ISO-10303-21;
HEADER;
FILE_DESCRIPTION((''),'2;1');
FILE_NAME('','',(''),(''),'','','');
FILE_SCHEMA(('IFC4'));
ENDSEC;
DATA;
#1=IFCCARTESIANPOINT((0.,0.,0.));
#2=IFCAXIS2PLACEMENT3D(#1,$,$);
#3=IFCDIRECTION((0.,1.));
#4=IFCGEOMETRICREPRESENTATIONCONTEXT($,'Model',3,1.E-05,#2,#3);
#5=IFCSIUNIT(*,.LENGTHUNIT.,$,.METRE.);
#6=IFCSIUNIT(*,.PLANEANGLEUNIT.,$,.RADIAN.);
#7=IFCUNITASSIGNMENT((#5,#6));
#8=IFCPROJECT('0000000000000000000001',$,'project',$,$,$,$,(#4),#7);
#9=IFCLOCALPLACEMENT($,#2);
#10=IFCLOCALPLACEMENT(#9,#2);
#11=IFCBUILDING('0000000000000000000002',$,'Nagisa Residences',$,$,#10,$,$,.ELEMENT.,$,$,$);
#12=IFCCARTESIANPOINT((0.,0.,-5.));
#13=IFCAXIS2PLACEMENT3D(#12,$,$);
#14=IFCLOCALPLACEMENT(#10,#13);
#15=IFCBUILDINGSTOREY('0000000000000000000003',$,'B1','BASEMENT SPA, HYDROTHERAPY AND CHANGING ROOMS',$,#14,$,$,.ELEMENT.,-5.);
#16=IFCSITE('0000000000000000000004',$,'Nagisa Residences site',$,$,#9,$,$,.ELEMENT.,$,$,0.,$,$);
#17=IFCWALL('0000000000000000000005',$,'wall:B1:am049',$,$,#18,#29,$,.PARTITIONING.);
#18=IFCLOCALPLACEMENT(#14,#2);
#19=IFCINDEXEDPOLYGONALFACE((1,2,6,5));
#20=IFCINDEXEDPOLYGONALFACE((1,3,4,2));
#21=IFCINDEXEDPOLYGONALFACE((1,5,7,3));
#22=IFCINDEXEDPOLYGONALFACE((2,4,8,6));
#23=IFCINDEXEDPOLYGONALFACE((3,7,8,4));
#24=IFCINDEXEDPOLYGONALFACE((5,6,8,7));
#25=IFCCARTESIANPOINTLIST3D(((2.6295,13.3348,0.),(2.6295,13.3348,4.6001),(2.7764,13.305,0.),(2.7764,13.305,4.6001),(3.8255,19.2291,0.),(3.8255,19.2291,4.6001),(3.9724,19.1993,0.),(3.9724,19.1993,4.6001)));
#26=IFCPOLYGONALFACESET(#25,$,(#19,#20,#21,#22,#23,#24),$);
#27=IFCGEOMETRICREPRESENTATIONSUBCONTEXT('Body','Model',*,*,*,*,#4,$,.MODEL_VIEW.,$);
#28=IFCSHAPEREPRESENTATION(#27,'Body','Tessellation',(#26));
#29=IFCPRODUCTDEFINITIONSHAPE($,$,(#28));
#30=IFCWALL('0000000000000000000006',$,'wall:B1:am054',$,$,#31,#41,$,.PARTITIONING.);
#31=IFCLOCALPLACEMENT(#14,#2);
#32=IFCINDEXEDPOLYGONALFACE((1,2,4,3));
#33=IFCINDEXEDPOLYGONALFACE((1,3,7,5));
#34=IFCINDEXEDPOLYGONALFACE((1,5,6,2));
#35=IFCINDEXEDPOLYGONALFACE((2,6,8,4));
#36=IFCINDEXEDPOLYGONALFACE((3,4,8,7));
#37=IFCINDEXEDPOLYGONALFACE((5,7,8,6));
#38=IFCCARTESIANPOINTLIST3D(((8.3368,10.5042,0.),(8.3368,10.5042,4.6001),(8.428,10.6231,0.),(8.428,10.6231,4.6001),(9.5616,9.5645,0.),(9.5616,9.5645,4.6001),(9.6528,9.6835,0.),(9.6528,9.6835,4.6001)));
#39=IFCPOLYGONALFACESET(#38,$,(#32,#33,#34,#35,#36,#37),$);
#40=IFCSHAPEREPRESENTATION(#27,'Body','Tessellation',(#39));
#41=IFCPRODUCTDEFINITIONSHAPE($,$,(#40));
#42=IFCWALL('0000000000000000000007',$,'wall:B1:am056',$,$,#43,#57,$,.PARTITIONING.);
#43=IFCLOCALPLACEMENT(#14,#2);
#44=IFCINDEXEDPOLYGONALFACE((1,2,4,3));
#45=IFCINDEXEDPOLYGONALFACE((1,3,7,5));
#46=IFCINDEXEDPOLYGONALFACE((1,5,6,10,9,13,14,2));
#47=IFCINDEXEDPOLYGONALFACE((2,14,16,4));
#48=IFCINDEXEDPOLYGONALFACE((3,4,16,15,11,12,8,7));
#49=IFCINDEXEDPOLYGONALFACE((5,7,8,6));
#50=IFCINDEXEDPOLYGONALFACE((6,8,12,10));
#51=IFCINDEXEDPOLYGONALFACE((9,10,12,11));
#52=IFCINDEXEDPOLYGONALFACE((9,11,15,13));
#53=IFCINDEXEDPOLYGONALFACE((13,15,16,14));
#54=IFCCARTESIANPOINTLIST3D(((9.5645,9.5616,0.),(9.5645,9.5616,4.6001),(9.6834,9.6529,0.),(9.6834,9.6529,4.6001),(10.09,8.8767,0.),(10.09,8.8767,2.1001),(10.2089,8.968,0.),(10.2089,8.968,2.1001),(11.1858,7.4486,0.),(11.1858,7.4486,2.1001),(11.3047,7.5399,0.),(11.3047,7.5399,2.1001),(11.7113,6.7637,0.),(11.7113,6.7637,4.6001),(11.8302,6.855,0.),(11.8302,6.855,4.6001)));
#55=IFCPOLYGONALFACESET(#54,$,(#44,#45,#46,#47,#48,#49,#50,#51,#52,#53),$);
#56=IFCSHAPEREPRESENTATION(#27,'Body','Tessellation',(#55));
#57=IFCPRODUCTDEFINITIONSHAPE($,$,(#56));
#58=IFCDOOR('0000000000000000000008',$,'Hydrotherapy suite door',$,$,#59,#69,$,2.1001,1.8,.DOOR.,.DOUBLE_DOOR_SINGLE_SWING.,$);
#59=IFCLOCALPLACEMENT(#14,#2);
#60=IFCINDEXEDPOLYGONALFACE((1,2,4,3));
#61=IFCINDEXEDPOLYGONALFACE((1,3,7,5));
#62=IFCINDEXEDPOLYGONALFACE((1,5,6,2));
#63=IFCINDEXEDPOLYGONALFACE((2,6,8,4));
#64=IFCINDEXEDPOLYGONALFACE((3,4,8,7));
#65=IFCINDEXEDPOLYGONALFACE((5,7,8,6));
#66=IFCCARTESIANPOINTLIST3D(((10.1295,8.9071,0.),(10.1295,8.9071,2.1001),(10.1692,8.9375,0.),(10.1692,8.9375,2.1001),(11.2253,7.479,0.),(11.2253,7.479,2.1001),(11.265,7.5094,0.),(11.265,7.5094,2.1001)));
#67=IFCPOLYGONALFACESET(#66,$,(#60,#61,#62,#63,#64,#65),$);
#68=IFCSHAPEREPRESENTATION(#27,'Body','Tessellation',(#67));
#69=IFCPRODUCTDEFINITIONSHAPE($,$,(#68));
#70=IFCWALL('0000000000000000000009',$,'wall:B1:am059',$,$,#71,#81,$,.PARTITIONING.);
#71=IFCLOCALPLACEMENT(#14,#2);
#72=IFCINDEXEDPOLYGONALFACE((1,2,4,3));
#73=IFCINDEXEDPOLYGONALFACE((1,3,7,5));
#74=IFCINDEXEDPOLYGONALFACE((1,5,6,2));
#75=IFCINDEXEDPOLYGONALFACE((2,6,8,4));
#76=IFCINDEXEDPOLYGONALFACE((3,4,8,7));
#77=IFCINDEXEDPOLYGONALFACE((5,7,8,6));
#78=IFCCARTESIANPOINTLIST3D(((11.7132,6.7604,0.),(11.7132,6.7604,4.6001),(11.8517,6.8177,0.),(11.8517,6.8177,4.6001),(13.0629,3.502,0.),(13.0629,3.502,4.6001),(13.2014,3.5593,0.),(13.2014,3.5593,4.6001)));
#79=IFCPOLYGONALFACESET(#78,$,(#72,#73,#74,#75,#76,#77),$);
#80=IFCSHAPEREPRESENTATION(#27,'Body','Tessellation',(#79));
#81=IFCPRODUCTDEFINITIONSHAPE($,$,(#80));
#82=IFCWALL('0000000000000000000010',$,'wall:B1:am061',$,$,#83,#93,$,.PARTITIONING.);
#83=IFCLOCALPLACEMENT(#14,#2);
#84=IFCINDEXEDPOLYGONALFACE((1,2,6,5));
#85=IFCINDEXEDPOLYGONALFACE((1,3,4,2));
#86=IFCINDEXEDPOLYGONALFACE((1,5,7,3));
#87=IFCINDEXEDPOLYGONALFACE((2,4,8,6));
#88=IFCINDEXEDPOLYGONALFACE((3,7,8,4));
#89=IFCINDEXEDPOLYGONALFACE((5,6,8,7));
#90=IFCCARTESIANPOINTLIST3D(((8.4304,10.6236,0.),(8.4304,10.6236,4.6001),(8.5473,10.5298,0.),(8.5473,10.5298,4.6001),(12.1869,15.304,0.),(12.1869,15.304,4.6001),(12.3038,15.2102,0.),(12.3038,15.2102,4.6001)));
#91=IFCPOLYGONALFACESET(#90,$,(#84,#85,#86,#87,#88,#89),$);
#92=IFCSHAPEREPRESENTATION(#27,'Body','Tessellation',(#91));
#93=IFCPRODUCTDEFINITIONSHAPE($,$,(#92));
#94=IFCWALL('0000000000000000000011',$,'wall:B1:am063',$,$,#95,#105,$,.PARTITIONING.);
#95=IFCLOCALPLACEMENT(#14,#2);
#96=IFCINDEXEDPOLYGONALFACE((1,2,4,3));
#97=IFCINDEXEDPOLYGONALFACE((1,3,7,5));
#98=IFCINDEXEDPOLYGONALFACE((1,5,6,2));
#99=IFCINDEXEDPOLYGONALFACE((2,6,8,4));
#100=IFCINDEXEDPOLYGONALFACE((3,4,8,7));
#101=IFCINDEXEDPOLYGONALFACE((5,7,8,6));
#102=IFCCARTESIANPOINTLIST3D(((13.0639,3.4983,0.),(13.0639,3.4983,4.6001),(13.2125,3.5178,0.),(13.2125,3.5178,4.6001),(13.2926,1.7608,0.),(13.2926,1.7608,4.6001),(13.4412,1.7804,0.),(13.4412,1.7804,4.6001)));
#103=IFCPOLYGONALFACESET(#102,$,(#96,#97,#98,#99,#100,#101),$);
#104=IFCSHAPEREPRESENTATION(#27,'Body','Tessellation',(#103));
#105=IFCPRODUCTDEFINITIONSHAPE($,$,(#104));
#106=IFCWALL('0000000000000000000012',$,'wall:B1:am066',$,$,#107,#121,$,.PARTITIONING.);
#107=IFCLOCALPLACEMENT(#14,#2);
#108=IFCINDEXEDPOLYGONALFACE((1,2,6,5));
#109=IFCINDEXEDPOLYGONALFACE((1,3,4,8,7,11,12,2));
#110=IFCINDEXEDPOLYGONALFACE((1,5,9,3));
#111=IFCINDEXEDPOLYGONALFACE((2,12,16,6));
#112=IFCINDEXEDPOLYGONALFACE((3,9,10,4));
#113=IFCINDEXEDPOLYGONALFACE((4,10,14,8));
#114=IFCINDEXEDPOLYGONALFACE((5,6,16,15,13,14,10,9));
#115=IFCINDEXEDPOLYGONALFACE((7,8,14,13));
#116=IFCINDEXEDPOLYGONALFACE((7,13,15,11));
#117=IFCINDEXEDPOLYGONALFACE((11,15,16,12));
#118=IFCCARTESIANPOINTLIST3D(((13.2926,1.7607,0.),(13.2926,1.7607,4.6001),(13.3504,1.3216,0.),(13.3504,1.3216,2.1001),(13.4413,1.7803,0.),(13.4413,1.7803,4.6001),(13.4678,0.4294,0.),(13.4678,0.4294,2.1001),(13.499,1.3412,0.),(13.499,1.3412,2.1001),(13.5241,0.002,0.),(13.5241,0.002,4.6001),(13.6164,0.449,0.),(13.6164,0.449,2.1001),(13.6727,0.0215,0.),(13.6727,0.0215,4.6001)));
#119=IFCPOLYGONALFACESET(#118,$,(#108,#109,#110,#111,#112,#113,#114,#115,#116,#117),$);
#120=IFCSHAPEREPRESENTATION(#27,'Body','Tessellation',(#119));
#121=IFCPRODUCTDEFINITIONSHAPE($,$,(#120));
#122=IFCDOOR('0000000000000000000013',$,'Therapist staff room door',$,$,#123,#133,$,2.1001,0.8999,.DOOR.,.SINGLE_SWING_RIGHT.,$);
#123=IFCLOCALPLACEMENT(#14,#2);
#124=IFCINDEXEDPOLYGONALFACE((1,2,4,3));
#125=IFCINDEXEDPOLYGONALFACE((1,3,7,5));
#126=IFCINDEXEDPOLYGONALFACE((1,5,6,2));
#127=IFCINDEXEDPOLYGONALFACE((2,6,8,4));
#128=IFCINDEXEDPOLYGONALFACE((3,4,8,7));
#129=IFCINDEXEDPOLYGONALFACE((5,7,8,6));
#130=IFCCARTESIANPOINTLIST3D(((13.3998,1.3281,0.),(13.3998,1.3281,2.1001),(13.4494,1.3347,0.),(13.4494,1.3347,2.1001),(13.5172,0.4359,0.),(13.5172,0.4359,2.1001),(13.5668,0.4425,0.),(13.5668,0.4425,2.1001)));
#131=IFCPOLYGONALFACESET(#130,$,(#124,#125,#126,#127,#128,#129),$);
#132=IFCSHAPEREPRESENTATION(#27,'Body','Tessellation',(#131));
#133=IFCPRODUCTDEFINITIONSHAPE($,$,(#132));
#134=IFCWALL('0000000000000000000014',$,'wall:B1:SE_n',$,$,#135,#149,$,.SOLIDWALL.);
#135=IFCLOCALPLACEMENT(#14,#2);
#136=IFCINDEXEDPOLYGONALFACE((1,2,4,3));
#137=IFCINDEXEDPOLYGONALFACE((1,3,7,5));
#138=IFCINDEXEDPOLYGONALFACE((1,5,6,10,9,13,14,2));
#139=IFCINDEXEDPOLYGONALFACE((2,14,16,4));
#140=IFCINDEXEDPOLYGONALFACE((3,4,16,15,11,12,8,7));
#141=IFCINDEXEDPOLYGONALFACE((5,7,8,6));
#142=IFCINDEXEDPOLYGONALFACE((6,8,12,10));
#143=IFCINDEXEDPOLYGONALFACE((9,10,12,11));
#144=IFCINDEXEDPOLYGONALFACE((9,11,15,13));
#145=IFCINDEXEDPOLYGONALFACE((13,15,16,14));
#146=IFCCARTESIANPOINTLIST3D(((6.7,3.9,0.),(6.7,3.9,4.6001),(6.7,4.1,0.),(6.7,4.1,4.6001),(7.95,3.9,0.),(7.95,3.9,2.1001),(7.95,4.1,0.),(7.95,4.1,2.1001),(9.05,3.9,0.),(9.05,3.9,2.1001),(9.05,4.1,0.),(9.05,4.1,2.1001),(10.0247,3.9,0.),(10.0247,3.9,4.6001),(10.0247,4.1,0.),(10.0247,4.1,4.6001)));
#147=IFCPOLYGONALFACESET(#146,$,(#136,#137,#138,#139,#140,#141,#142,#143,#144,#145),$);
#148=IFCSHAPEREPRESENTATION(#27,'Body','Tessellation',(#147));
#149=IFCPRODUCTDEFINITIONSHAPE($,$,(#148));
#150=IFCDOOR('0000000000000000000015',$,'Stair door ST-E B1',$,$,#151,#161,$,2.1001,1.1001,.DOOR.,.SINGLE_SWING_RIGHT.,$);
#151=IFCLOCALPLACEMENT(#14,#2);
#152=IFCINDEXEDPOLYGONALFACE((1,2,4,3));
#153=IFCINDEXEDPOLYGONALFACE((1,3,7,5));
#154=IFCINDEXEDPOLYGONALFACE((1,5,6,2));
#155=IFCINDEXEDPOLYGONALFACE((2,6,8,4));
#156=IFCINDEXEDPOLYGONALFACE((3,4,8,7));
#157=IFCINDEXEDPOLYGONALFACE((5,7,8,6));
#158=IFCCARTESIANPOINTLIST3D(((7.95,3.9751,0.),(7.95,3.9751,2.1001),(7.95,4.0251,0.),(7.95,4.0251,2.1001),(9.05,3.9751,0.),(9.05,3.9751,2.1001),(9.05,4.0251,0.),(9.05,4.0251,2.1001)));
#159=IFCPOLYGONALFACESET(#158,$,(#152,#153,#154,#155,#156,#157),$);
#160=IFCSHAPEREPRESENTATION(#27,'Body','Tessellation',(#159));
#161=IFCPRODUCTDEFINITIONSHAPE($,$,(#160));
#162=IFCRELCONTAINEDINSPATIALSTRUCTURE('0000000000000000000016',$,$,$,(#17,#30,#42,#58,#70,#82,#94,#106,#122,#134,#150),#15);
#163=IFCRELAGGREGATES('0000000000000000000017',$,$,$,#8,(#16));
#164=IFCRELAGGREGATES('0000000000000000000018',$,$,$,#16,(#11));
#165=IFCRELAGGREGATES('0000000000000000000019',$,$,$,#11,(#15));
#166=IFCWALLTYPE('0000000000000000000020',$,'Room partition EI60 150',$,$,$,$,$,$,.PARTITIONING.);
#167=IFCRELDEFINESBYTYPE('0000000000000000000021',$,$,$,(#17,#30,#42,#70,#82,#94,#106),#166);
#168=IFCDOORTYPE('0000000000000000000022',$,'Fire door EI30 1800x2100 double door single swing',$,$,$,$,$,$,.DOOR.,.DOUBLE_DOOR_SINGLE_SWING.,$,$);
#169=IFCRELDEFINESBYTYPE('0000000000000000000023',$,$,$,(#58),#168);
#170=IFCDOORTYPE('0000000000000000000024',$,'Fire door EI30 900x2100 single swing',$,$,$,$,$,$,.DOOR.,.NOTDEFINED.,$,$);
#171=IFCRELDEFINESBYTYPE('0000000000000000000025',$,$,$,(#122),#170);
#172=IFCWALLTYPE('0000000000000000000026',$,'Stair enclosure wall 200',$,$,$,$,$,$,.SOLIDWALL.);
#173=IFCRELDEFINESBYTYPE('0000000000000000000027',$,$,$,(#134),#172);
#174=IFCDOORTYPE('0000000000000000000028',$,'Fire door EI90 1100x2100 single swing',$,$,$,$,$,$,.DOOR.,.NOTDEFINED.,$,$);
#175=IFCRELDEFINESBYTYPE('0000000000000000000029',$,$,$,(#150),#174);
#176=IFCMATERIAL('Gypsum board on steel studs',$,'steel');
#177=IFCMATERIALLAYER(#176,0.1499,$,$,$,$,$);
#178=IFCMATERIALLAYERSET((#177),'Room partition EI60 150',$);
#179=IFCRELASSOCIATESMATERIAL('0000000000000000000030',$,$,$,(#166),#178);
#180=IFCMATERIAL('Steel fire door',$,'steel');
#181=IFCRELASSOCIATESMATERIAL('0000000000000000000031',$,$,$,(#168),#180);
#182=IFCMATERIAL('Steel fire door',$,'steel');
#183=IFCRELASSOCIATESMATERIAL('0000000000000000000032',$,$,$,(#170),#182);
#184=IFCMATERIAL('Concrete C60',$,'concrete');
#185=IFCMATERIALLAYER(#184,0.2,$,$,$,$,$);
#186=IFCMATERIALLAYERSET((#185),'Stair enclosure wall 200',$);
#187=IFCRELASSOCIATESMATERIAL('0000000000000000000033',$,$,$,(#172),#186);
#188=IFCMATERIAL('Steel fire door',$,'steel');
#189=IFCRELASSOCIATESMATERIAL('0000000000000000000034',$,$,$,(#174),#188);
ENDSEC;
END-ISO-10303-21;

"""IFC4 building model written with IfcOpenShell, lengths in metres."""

from ifc_helpers import new_model, si_unit, direction, frame, frame_2d, origin, place, context, subcontext, project, spatial, rectangle, extrude, material, layer, layer_set, type_object, element, fill, save


model = new_model("IFC4")

# Units and contexts
model_context = context("Model", 3, precision=1e-05, world=origin(), true_north=direction((0.0, 1.0)))
body_context = subcontext(model_context, "Body", "Model", "MODEL_VIEW")
ifc_project = project(units=[si_unit("LENGTHUNIT", "METRE"), si_unit("PLANEANGLEUNIT", "RADIAN")], contexts=[model_context])

# Site, building, storey
site_placement = place(None, origin())
site = spatial("IfcSite", under=ifc_project, at=site_placement, Name="Nagisa Residences site", CompositionType="ELEMENT", RefElevation=0.0)
building_placement = place(site_placement, origin())
building = spatial("IfcBuilding", under=site, at=building_placement, Name="Nagisa Residences", CompositionType="ELEMENT")
storey_placement = place(building_placement, frame((0.0, 0.0, -5.0)))
storey = spatial("IfcBuildingStorey", under=building, at=storey_placement, Name="B1", Description="BASEMENT SPA, HYDROTHERAPY AND CHANGING ROOMS", CompositionType="ELEMENT", Elevation=-5.0)

# Walls
ifc_material_1 = material(Name="Gypsum board on steel studs", Category="steel")
ifc_layer_1 = layer(ifc_material_1, 0.1499)
ifc_layer_set_1 = layer_set([ifc_layer_1], Name="Room partition EI60 150")
wall_type_1 = type_object("IfcWallType", Name="Room partition EI60 150", PredefinedType="PARTITIONING", material=ifc_layer_set_1)
wall_1_placement = place(storey_placement, frame((2.7029, 13.3198, 0.0), z_axis=(0.0, 0.0, 1.0), x_axis=(0.198863, 0.980027, 0.0)))
element("IfcWall", 1, at=wall_1_placement, inside=storey, type_object=wall_type_1, Name="wall:B1:am049", PredefinedType="PARTITIONING", context=body_context, shape_type="SweptSolid", body=[
    extrude(rectangle(XDim=6.0144, YDim=0.1499, at=frame_2d((3.0073, 0.0))), origin(), (0.0, 0.0, 1.0), 4.6001),
])
wall_2_placement = place(storey_placement, frame((8.3823, 10.5637, 0.0), z_axis=(0.0, 0.0, 1.0), x_axis=(0.793405, -0.608694, 0.0)))
element("IfcWall", 2, at=wall_2_placement, inside=storey, type_object=wall_type_1, Name="wall:B1:am054", PredefinedType="PARTITIONING", context=body_context, shape_type="SweptSolid", body=[
    extrude(rectangle(XDim=1.5437, YDim=0.1499, at=frame_2d((0.772, 0.0))), origin(), (0.0, 0.0, 1.0), 4.6001),
])

# Wall, opening, door
wall_3_placement = place(storey_placement, frame((9.624, 9.6072, 0.0), z_axis=(0.0, 0.0, 1.0), x_axis=(0.608737, -0.793372, 0.0)))
wall_3 = element("IfcWall", 3, at=wall_3_placement, inside=storey, type_object=wall_type_1, Name="wall:B1:am056", PredefinedType="PARTITIONING", context=body_context, shape_type="SweptSolid", body=[
    extrude(rectangle(XDim=3.5266, YDim=0.1499, at=frame_2d((1.7632, 0.0))), origin(), (0.0, 0.0, 1.0), 4.6001),
])
opening_1_placement = place(wall_3_placement, frame((0.8633, 0.0, 0.0)))
opening_1 = element("IfcOpeningElement", 4, at=opening_1_placement, cuts=wall_3, PredefinedType="OPENING", context=body_context, shape_type="SweptSolid", body=[
    extrude(rectangle(XDim=1.8, YDim=2.1001, at=frame_2d((0.8999, 1.05))), frame((0.0, 0.085, 0.0), z_axis=(0.0, -1.0, 0.0), x_axis=(1.0, 0.0, 0.0)), (0.0, 0.0, 1.0), 0.1699),
])
ifc_material_2 = material(Name="Steel fire door", Category="steel")
door_type_1 = type_object("IfcDoorType", Name="Fire door EI30 1800x2100 double door single swing", OperationType="DOUBLE_DOOR_SINGLE_SWING", PredefinedType="DOOR", material=ifc_material_2)
door_1_placement = place(opening_1_placement, origin())
door_1 = element("IfcDoor", 5, at=door_1_placement, inside=storey, type_object=door_type_1, Name="Hydrotherapy suite door", OperationType="DOUBLE_DOOR_SINGLE_SWING", OverallHeight=2.1001, OverallWidth=1.8, PredefinedType="DOOR", context=body_context, shape_type="SweptSolid", body=[
    extrude(rectangle(XDim=1.8, YDim=2.1001, at=frame_2d((0.8999, 1.05))), frame((0.0, 0.0249, 0.0), z_axis=(0.0, -1.0, 0.0), x_axis=(1.0, 0.0, 0.0)), (0.0, 0.0, 1.0), 0.05),
])
fill(opening_1, door_1)

# Walls
wall_4_placement = place(storey_placement, frame((11.7825, 6.7891, 0.0), z_axis=(0.0, 0.0, 1.0), x_axis=(0.382678, -0.923882, 0.0)))
element("IfcWall", 6, at=wall_4_placement, inside=storey, type_object=wall_type_1, Name="wall:B1:am059", PredefinedType="PARTITIONING", context=body_context, shape_type="SweptSolid", body=[
    extrude(rectangle(XDim=3.5269, YDim=0.1499, at=frame_2d((1.7634, 0.0))), origin(), (0.0, 0.0, 1.0), 4.6001),
])
wall_5_placement = place(storey_placement, frame((12.2454, 15.2571, 0.0), z_axis=(0.0, 0.0, 1.0), x_axis=(-0.625939, -0.779872, 0.0)))
element("IfcWall", 7, at=wall_5_placement, inside=storey, type_object=wall_type_1, Name="wall:B1:am061", PredefinedType="PARTITIONING", context=body_context, shape_type="SweptSolid", body=[
    extrude(rectangle(XDim=6.0015, YDim=0.1499, at=frame_2d((3.0007, 0.0))), origin(), (0.0, 0.0, 1.0), 4.6001),
])
wall_6_placement = place(storey_placement, frame((13.1382, 3.5081, 0.0), z_axis=(0.0, 0.0, 1.0), x_axis=(0.13053, -0.991444, 0.0)))
element("IfcWall", 8, at=wall_6_placement, inside=storey, type_object=wall_type_1, Name="wall:B1:am063", PredefinedType="PARTITIONING", context=body_context, shape_type="SweptSolid", body=[
    extrude(rectangle(XDim=1.7524, YDim=0.1499, at=frame_2d((0.8762, 0.0))), origin(), (0.0, 0.0, 1.0), 4.6001),
])

# Walls, openings, doors
wall_7_placement = place(storey_placement, frame((13.3669, 1.7705, 0.0), z_axis=(0.0, 0.0, 1.0), x_axis=(0.130469, -0.991452, 0.0)))
wall_7 = element("IfcWall", 9, at=wall_7_placement, inside=storey, type_object=wall_type_1, Name="wall:B1:am066", PredefinedType="PARTITIONING", context=body_context, shape_type="SweptSolid", body=[
    extrude(rectangle(XDim=1.7739, YDim=0.1499, at=frame_2d((0.887, 0.0))), origin(), (0.0, 0.0, 1.0), 4.6001),
])
opening_2_placement = place(wall_7_placement, frame((0.4429, 0.0, 0.0)))
opening_2 = element("IfcOpeningElement", 10, at=opening_2_placement, cuts=wall_7, PredefinedType="OPENING", context=body_context, shape_type="SweptSolid", body=[
    extrude(rectangle(XDim=0.8999, YDim=2.1001, at=frame_2d((0.45, 1.05))), frame((0.0, 0.085, 0.0), z_axis=(0.0, -1.0, 0.0), x_axis=(1.0, 0.0, 0.0)), (0.0, 0.0, 1.0), 0.1699),
])
ifc_material_3 = material(Name="Steel fire door", Category="steel")
door_type_2 = type_object("IfcDoorType", Name="Fire door EI30 900x2100 single swing", OperationType="NOTDEFINED", PredefinedType="DOOR", material=ifc_material_3)
door_2_placement = place(opening_2_placement, origin())
door_2 = element("IfcDoor", 11, at=door_2_placement, inside=storey, type_object=door_type_2, Name="Therapist staff room door", OperationType="SINGLE_SWING_RIGHT", OverallHeight=2.1001, OverallWidth=0.8999, PredefinedType="DOOR", context=body_context, shape_type="SweptSolid", body=[
    extrude(rectangle(XDim=0.8999, YDim=2.1001, at=frame_2d((0.45, 1.05))), frame((0.0, 0.0249, 0.0), z_axis=(0.0, -1.0, 0.0), x_axis=(1.0, 0.0, 0.0)), (0.0, 0.0, 1.0), 0.05),
])
fill(opening_2, door_2)
ifc_material_4 = material(Name="Concrete C60", Category="concrete")
ifc_layer_2 = layer(ifc_material_4, 0.2)
ifc_layer_set_2 = layer_set([ifc_layer_2], Name="Stair enclosure wall 200")
wall_type_2 = type_object("IfcWallType", Name="Stair enclosure wall 200", PredefinedType="SOLIDWALL", material=ifc_layer_set_2)
wall_8_placement = place(storey_placement, frame((6.7, 4.0, 0.0), z_axis=(0.0, 0.0, 1.0), x_axis=(1.0, 0.0, 0.0)))
wall_8 = element("IfcWall", 12, at=wall_8_placement, inside=storey, type_object=wall_type_2, Name="wall:B1:SE_n", PredefinedType="SOLIDWALL", context=body_context, shape_type="SweptSolid", body=[
    extrude(rectangle(XDim=3.3247, YDim=0.2, at=frame_2d((1.6624, 0.0))), origin(), (0.0, 0.0, 1.0), 4.6001),
])
opening_3_placement = place(wall_8_placement, frame((1.25, 0.0, 0.0)))
opening_3 = element("IfcOpeningElement", 13, at=opening_3_placement, cuts=wall_8, PredefinedType="OPENING", context=body_context, shape_type="SweptSolid", body=[
    extrude(rectangle(XDim=1.1001, YDim=2.1001, at=frame_2d((0.55, 1.05))), frame((0.0, 0.1099, 0.0), z_axis=(0.0, -1.0, 0.0), x_axis=(1.0, 0.0, 0.0)), (0.0, 0.0, 1.0), 0.22),
])
ifc_material_5 = material(Name="Steel fire door", Category="steel")
door_type_3 = type_object("IfcDoorType", Name="Fire door EI90 1100x2100 single swing", OperationType="NOTDEFINED", PredefinedType="DOOR", material=ifc_material_5)
door_3_placement = place(opening_3_placement, frame((1.1001, 0.0, 0.0), x_axis=(-1.0, 0.0, 0.0)))
door_3 = element("IfcDoor", 14, at=door_3_placement, inside=storey, type_object=door_type_3, Name="Stair door ST-E B1", OperationType="SINGLE_SWING_RIGHT", OverallHeight=2.1001, OverallWidth=1.1001, PredefinedType="DOOR", context=body_context, shape_type="SweptSolid", body=[
    extrude(rectangle(XDim=1.1001, YDim=2.1001, at=frame_2d((0.55, 1.05))), frame((0.0, 0.0249, 0.0), z_axis=(0.0, -1.0, 0.0), x_axis=(1.0, 0.0, 0.0)), (0.0, 0.0, 1.0), 0.05),
])
fill(opening_3, door_3)

save(model, "model.ifc")
